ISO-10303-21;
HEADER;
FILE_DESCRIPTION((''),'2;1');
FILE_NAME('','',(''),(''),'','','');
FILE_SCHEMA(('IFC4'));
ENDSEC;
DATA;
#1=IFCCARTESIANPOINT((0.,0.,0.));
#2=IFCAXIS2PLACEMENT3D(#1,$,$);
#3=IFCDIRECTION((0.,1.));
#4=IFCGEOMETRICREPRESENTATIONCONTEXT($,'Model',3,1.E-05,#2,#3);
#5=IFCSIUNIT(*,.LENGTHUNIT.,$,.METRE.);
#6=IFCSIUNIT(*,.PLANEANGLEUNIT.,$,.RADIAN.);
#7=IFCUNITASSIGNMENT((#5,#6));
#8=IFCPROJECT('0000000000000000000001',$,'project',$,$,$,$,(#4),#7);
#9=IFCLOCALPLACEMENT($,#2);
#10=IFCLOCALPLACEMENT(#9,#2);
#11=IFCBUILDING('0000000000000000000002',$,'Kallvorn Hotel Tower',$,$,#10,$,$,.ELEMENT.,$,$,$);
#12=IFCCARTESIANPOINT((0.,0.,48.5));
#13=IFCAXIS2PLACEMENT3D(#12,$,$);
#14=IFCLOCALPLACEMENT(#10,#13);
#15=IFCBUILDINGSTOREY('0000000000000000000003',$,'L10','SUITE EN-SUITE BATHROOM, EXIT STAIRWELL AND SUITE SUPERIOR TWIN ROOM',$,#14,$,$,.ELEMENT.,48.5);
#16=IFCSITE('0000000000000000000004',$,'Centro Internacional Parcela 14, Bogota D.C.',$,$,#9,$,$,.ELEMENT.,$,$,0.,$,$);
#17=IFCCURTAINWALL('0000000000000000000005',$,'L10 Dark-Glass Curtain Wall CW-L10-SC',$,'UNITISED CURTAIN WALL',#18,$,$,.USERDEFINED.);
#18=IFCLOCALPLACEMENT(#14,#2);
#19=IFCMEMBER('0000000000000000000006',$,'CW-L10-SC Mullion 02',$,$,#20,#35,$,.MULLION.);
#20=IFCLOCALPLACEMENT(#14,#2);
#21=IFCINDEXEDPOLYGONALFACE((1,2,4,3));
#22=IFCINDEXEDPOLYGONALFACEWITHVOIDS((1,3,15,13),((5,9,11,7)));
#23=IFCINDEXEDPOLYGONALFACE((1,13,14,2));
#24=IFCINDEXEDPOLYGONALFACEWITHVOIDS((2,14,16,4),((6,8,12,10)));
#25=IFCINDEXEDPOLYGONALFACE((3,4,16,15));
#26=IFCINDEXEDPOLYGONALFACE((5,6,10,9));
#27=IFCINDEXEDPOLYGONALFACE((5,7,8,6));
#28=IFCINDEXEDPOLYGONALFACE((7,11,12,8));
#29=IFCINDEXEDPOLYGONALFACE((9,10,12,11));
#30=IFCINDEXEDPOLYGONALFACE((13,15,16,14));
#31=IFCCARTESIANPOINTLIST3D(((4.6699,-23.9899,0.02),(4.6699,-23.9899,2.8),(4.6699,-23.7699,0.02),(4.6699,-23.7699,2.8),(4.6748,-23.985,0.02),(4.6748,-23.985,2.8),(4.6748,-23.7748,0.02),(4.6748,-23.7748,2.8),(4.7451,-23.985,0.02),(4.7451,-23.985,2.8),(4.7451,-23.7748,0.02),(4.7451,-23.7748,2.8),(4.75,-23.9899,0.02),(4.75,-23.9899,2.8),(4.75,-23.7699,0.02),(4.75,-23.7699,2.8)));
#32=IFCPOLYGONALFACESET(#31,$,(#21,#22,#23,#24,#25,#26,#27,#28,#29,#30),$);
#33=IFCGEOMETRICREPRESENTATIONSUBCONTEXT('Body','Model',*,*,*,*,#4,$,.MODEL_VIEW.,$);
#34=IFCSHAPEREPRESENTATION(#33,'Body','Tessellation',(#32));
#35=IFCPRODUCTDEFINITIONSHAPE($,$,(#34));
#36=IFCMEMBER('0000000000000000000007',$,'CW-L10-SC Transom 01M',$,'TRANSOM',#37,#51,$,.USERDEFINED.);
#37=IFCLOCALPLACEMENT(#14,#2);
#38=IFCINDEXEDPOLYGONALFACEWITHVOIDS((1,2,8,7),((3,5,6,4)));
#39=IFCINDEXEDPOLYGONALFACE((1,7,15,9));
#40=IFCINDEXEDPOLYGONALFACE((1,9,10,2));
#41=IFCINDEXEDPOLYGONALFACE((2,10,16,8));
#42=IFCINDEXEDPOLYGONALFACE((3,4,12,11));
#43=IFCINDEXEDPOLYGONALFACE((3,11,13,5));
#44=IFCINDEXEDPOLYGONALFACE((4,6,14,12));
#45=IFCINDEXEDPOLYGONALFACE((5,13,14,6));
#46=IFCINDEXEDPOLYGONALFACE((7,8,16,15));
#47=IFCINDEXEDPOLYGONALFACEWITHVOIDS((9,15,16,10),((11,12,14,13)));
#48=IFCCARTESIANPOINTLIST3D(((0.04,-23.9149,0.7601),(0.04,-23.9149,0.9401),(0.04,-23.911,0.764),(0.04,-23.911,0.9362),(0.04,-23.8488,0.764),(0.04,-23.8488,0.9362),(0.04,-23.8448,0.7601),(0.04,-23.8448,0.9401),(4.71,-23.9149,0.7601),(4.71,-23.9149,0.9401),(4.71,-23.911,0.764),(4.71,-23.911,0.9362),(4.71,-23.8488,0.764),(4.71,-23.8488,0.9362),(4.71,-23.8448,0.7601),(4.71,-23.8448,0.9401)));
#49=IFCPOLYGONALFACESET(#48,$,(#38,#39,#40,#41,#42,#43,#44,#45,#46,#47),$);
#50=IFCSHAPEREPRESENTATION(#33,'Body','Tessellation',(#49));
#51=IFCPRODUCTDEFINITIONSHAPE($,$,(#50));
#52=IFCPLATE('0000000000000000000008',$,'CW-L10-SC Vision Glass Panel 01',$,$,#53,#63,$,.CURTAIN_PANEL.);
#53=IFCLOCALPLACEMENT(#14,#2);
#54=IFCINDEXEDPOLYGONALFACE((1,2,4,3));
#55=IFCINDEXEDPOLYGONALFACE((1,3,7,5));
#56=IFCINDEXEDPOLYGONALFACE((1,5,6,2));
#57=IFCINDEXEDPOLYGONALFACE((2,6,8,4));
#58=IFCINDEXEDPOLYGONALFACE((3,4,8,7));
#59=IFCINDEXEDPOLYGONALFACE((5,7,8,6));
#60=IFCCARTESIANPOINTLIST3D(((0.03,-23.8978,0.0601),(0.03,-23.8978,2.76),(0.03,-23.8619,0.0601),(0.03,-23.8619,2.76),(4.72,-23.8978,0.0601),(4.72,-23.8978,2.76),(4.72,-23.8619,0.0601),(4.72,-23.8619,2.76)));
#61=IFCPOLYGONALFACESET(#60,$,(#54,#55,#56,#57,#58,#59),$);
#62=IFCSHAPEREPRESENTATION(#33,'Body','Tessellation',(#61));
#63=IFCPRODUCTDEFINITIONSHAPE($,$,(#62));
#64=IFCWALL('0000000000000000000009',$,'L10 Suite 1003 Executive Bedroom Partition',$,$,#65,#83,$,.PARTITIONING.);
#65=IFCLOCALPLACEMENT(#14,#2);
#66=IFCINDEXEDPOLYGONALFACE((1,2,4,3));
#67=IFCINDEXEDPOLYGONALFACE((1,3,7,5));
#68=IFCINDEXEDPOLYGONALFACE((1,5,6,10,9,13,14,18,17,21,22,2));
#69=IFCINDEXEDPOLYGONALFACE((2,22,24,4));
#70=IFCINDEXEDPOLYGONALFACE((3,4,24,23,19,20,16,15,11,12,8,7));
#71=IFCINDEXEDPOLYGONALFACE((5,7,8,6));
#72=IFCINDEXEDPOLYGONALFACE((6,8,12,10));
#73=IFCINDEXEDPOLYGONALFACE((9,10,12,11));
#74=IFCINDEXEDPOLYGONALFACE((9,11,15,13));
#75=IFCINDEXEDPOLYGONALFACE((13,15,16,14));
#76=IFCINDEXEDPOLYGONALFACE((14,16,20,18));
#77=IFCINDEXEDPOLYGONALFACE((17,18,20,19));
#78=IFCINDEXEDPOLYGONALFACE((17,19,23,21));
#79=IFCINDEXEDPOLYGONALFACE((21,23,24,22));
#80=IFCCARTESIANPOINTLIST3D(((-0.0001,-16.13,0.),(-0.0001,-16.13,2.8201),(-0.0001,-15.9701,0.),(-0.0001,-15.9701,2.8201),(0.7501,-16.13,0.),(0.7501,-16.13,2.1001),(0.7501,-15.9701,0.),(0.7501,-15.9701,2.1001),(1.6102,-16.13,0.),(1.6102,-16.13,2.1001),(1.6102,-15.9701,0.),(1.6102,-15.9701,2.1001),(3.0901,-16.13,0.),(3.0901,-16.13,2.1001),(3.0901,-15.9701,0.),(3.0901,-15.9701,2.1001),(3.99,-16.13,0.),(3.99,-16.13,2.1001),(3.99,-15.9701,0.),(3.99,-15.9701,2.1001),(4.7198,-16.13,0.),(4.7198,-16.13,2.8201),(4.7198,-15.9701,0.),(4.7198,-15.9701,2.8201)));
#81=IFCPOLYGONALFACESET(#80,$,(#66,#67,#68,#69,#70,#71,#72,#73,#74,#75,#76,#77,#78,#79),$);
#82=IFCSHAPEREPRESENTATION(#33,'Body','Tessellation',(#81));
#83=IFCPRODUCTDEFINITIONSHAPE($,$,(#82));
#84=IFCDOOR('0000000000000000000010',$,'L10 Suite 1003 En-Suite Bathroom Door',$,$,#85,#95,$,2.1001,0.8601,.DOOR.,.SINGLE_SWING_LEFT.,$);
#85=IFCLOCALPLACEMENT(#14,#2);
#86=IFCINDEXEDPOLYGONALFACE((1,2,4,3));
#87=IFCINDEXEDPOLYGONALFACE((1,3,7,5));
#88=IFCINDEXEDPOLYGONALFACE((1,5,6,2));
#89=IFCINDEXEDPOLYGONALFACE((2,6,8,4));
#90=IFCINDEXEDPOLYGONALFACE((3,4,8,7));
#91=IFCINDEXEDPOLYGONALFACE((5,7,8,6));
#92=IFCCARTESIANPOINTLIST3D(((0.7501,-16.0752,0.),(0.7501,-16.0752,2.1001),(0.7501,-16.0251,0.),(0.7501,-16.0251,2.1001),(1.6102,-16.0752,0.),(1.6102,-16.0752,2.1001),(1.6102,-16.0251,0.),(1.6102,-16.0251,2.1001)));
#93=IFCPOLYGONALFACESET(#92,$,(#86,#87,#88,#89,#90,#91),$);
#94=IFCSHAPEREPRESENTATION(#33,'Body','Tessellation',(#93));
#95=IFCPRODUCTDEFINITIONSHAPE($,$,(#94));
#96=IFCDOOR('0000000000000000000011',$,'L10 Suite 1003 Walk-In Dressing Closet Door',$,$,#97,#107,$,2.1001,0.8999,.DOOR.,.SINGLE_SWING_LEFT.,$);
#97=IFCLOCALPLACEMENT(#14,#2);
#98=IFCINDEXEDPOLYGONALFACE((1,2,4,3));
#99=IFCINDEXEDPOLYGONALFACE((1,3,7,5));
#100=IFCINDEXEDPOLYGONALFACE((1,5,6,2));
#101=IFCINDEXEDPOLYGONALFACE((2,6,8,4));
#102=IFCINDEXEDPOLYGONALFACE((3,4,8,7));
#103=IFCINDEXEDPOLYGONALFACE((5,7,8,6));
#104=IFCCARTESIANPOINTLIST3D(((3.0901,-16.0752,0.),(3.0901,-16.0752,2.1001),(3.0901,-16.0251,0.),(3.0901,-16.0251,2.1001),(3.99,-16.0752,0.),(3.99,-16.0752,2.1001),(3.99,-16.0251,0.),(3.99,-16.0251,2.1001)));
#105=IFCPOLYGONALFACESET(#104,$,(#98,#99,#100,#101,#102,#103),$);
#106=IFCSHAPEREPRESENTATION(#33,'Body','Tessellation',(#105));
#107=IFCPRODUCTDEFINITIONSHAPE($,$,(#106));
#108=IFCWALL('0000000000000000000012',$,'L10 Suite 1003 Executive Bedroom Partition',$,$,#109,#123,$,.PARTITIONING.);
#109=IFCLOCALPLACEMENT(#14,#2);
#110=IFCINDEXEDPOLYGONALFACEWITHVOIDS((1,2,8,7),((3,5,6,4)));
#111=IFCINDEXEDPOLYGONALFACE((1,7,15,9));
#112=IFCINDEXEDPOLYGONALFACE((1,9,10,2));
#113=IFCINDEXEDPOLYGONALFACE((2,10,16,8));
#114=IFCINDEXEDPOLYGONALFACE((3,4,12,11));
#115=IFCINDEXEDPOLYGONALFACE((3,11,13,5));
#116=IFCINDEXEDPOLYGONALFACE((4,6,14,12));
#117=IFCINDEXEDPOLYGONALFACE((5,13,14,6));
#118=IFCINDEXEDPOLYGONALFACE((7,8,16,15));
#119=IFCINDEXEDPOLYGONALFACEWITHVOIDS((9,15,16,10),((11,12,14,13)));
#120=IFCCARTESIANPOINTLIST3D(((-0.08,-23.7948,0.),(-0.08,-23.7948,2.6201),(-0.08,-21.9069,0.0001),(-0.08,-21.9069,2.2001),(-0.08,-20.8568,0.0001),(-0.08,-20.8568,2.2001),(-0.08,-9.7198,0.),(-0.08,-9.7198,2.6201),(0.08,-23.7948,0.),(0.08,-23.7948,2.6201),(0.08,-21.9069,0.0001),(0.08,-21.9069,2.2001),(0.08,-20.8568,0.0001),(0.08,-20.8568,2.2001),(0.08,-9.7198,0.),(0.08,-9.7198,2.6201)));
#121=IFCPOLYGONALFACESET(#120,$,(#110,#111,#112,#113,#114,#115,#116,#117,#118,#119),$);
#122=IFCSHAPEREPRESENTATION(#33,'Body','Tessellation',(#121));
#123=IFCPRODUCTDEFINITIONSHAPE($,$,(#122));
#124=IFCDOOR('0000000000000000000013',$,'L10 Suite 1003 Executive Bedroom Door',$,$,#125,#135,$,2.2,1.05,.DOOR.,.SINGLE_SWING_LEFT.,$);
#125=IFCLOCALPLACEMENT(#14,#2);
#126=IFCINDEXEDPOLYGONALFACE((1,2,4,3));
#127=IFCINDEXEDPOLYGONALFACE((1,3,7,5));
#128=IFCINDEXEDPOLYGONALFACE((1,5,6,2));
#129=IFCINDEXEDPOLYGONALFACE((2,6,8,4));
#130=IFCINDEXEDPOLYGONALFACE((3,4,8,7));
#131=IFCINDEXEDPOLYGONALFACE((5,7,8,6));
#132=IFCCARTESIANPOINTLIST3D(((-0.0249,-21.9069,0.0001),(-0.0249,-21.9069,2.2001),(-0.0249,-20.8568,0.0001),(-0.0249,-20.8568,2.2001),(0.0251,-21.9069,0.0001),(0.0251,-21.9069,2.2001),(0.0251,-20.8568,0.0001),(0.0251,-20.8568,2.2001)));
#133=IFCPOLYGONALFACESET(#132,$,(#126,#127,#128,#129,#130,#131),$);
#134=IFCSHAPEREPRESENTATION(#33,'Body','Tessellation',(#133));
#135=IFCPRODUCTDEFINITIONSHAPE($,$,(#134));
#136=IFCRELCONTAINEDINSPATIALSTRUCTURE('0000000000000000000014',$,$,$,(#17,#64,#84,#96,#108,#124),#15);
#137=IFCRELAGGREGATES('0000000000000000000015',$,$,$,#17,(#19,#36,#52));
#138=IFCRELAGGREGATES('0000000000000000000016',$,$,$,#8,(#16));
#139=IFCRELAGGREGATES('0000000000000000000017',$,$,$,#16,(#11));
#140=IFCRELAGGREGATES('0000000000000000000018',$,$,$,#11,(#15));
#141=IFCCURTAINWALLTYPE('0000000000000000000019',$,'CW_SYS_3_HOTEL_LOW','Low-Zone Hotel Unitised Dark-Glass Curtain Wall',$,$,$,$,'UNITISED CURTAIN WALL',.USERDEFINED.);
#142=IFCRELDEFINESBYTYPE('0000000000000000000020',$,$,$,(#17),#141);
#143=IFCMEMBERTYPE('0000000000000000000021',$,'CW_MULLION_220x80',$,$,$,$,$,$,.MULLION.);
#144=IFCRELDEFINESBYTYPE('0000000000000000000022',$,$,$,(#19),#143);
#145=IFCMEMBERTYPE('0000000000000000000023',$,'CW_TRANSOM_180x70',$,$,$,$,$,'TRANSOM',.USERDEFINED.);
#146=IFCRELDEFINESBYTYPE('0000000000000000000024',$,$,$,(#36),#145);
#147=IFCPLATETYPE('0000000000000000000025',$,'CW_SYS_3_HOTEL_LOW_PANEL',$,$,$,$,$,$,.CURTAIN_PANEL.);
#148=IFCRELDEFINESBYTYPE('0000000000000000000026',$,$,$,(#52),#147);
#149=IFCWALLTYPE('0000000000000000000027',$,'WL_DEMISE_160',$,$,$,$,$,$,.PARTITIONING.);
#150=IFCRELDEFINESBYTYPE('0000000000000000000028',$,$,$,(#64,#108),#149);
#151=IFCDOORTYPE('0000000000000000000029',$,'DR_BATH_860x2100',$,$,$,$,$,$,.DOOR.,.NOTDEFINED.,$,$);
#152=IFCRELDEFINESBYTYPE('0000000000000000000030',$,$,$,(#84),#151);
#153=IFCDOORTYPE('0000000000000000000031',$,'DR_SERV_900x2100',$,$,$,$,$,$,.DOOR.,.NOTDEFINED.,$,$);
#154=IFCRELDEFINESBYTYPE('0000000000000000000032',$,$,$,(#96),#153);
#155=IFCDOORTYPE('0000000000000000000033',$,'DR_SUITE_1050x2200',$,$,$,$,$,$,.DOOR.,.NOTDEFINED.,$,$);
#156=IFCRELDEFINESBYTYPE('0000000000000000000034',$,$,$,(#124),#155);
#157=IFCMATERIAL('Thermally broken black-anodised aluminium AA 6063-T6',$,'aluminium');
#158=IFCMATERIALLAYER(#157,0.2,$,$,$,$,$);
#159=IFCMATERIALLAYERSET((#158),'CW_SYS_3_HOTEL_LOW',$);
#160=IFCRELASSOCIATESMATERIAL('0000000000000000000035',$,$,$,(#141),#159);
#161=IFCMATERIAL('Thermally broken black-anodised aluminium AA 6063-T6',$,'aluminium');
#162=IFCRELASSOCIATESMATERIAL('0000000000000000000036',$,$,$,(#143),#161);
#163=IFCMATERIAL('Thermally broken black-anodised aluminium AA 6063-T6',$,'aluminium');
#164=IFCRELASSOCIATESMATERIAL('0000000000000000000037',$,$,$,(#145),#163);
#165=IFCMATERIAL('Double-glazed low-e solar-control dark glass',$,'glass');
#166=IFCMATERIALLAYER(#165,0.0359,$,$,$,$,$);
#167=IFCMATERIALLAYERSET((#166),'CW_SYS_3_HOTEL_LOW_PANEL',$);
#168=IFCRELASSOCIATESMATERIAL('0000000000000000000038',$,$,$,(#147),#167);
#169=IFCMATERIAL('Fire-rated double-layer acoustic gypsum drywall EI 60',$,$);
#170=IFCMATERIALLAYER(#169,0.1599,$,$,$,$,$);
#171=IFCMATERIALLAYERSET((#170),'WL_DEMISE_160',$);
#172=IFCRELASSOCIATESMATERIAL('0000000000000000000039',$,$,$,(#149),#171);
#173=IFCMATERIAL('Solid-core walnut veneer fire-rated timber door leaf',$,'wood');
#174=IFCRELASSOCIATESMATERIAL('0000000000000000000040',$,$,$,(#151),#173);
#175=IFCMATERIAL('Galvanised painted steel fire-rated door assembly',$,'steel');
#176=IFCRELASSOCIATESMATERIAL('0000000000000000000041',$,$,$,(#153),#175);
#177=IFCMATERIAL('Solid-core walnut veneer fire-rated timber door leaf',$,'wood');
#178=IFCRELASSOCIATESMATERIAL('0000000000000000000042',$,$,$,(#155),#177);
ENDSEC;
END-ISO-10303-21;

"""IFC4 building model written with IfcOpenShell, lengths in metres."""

from ifc_helpers import new_model, si_unit, direction, frame, frame_2d, origin, origin_2d, place, context, subcontext, project, spatial, rectangle, hollow_rectangle, extrude, material, layer, layer_set, material_profile, profile_set, type_object, element, fill, aggregate, save


model = new_model("IFC4")

# Units and contexts
model_context = context("Model", 3, precision=1e-05, world=origin(), true_north=direction((0.0, 1.0)))
body_context = subcontext(model_context, "Body", "Model", "MODEL_VIEW")
ifc_project = project(units=[si_unit("LENGTHUNIT", "METRE"), si_unit("PLANEANGLEUNIT", "RADIAN")], contexts=[model_context])

# Site, building, storey
site_placement = place(None, origin())
site = spatial("IfcSite", under=ifc_project, at=site_placement, Name="Centro Internacional Parcela 14, Bogota D.C.", CompositionType="ELEMENT", RefElevation=0.0)
building_placement = place(site_placement, origin())
building = spatial("IfcBuilding", under=site, at=building_placement, Name="Kallvorn Hotel Tower", CompositionType="ELEMENT")
storey_placement = place(building_placement, frame((0.0, 0.0, 48.5)))
storey = spatial("IfcBuildingStorey", under=building, at=storey_placement, Name="L10", Description="SUITE EN-SUITE BATHROOM, EXIT STAIRWELL AND SUITE SUPERIOR TWIN ROOM", CompositionType="ELEMENT", Elevation=48.5)

# Curtain wall, members, plate
ifc_material_1 = material(Name="Thermally broken black-anodised aluminium AA 6063-T6", Category="aluminium")
ifc_layer_1 = layer(ifc_material_1, 0.2)
ifc_layer_set_1 = layer_set([ifc_layer_1], Name="CW_SYS_3_HOTEL_LOW")
curtain_wall_type = type_object("IfcCurtainWallType", Name="CW_SYS_3_HOTEL_LOW", Description="Low-Zone Hotel Unitised Dark-Glass Curtain Wall", ElementType="UNITISED CURTAIN WALL", PredefinedType="USERDEFINED", material=ifc_layer_set_1)
curtain_wall_placement = place(storey_placement, origin())
curtain_wall = element("IfcCurtainWall", 1, at=curtain_wall_placement, inside=storey, type_object=curtain_wall_type, Name="L10 Dark-Glass Curtain Wall CW-L10-SC", ObjectType="UNITISED CURTAIN WALL", PredefinedType="USERDEFINED")
ifc_material_2 = material(Name="Thermally broken black-anodised aluminium AA 6063-T6", Category="aluminium")
ifc_material_profile_1 = material_profile(ifc_material_2, hollow_rectangle(XDim=0.0801, YDim=0.22, WallThickness=0.0049, at=origin_2d()), Name="MUL 220x80")
ifc_profile_set_1 = profile_set([ifc_material_profile_1], Name="Thermally broken black-anodised aluminium AA 6063-T6")
member_type_1 = type_object("IfcMemberType", Name="CW_MULLION_220x80", PredefinedType="MULLION", material=ifc_profile_set_1)
member_1_placement = place(storey_placement, frame((4.71, -23.8799, 0.02), z_axis=(0.0, 0.0, 1.0), x_axis=(1.0, 0.0, 0.0)))
member_1 = element("IfcMember", 2, at=member_1_placement, type_object=member_type_1, Name="CW-L10-SC Mullion 02", PredefinedType="MULLION", context=body_context, shape_type="SweptSolid", body=[
    extrude(hollow_rectangle(XDim=0.0801, YDim=0.22, WallThickness=0.0049, at=origin_2d()), origin(), (0.0, 0.0, 1.0), 2.78),
])
ifc_material_3 = material(Name="Thermally broken black-anodised aluminium AA 6063-T6", Category="aluminium")
ifc_material_profile_2 = material_profile(ifc_material_3, hollow_rectangle(XDim=0.0701, YDim=0.1799, WallThickness=0.0039, at=origin_2d()), Name="TRN 180x70")
ifc_profile_set_2 = profile_set([ifc_material_profile_2], Name="Thermally broken black-anodised aluminium AA 6063-T6")
member_type_2 = type_object("IfcMemberType", Name="CW_TRANSOM_180x70", ElementType="TRANSOM", PredefinedType="USERDEFINED", material=ifc_profile_set_2)
member_2_placement = place(storey_placement, frame((0.04, -23.8799, 0.8501), z_axis=(1.0, 0.0, 0.0), x_axis=(0.0, 1.0, 0.0)))
member_2 = element("IfcMember", 3, at=member_2_placement, type_object=member_type_2, Name="CW-L10-SC Transom 01M", ObjectType="TRANSOM", PredefinedType="USERDEFINED", context=body_context, shape_type="SweptSolid", body=[
    extrude(hollow_rectangle(XDim=0.0701, YDim=0.1799, WallThickness=0.0039, at=origin_2d()), origin(), (0.0, 0.0, 1.0), 4.6699),
])
ifc_material_4 = material(Name="Double-glazed low-e solar-control dark glass", Category="glass")
ifc_layer_2 = layer(ifc_material_4, 0.0359)
ifc_layer_set_2 = layer_set([ifc_layer_2], Name="CW_SYS_3_HOTEL_LOW_PANEL")
plate_type = type_object("IfcPlateType", Name="CW_SYS_3_HOTEL_LOW_PANEL", PredefinedType="CURTAIN_PANEL", material=ifc_layer_set_2)
plate_placement = place(storey_placement, frame((2.375, -23.8799, 0.0601), z_axis=(0.0, 0.0, 1.0), x_axis=(1.0, 0.0, 0.0)))
plate = element("IfcPlate", 4, at=plate_placement, type_object=plate_type, Name="CW-L10-SC Vision Glass Panel 01", PredefinedType="CURTAIN_PANEL", context=body_context, shape_type="SweptSolid", body=[
    extrude(rectangle(XDim=4.6899, YDim=0.0359, at=origin_2d()), origin(), (0.0, 0.0, 1.0), 2.7),
])
aggregate(curtain_wall, [member_1, member_2, plate])

# Wall, openings, doors
ifc_material_5 = material(Name="Fire-rated double-layer acoustic gypsum drywall EI 60")
ifc_layer_3 = layer(ifc_material_5, 0.1599)
ifc_layer_set_3 = layer_set([ifc_layer_3], Name="WL_DEMISE_160")
wall_type_1 = type_object("IfcWallType", Name="WL_DEMISE_160", PredefinedType="PARTITIONING", material=ifc_layer_set_3)
wall_1_placement = place(storey_placement, frame((0.0, -16.05, 0.0), z_axis=(0.0, 0.0, 1.0), x_axis=(1.0, 0.0, 0.0)))
wall_1 = element("IfcWall", 5, at=wall_1_placement, inside=storey, type_object=wall_type_1, Name="L10 Suite 1003 Executive Bedroom Partition", PredefinedType="PARTITIONING", context=body_context, shape_type="SweptSolid", body=[
    extrude(rectangle(XDim=4.72, YDim=0.1599, at=frame_2d((2.3599, 0.0))), origin(), (0.0, 0.0, 1.0), 2.8201),
])
opening_1_placement = place(wall_1_placement, frame((0.75, 0.0, 0.0)))
opening_1 = element("IfcOpeningElement", 6, at=opening_1_placement, cuts=wall_1, PredefinedType="OPENING", context=body_context, shape_type="SweptSolid", body=[
    extrude(rectangle(XDim=0.8601, YDim=2.1001, at=frame_2d((0.4302, 1.05))), frame((0.0, 0.095, 0.0), z_axis=(0.0, -1.0, 0.0), x_axis=(1.0, 0.0, 0.0)), (0.0, 0.0, 1.0), 0.1899),
])
opening_2_placement = place(wall_1_placement, frame((3.0901, 0.0, 0.0)))
opening_2 = element("IfcOpeningElement", 7, at=opening_2_placement, cuts=wall_1, PredefinedType="OPENING", context=body_context, shape_type="SweptSolid", body=[
    extrude(rectangle(XDim=0.8999, YDim=2.1001, at=frame_2d((0.45, 1.05))), frame((0.0, 0.095, 0.0), z_axis=(0.0, -1.0, 0.0), x_axis=(1.0, 0.0, 0.0)), (0.0, 0.0, 1.0), 0.1899),
])
ifc_material_6 = material(Name="Solid-core walnut veneer fire-rated timber door leaf", Category="wood")
door_type_1 = type_object("IfcDoorType", Name="DR_BATH_860x2100", OperationType="NOTDEFINED", PredefinedType="DOOR", material=ifc_material_6)
door_1_placement = place(opening_1_placement, origin())
door_1 = element("IfcDoor", 8, at=door_1_placement, inside=storey, type_object=door_type_1, Name="L10 Suite 1003 En-Suite Bathroom Door", OperationType="SINGLE_SWING_LEFT", OverallHeight=2.1001, OverallWidth=0.8601, PredefinedType="DOOR", context=body_context, shape_type="SweptSolid", body=[
    extrude(rectangle(XDim=0.8601, YDim=2.1001, at=frame_2d((0.4302, 1.05))), frame((0.0, 0.0249, 0.0), z_axis=(0.0, -1.0, 0.0), x_axis=(1.0, 0.0, 0.0)), (0.0, 0.0, 1.0), 0.05),
])
fill(opening_1, door_1)
ifc_material_7 = material(Name="Galvanised painted steel fire-rated door assembly", Category="steel")
door_type_2 = type_object("IfcDoorType", Name="DR_SERV_900x2100", OperationType="NOTDEFINED", PredefinedType="DOOR", material=ifc_material_7)
door_2_placement = place(opening_2_placement, origin())
door_2 = element("IfcDoor", 9, at=door_2_placement, inside=storey, type_object=door_type_2, Name="L10 Suite 1003 Walk-In Dressing Closet Door", OperationType="SINGLE_SWING_LEFT", OverallHeight=2.1001, OverallWidth=0.8999, PredefinedType="DOOR", context=body_context, shape_type="SweptSolid", body=[
    extrude(rectangle(XDim=0.8999, YDim=2.1001, at=frame_2d((0.45, 1.05))), frame((0.0, 0.0249, 0.0), z_axis=(0.0, -1.0, 0.0), x_axis=(1.0, 0.0, 0.0)), (0.0, 0.0, 1.0), 0.05),
])
fill(opening_2, door_2)

# Wall, opening, door
wall_2_placement = place(storey_placement, frame((0.0, -23.7949, 0.0), z_axis=(0.0, 0.0, 1.0), x_axis=(0.0, 1.0, 0.0)))
wall_2 = element("IfcWall", 10, at=wall_2_placement, inside=storey, type_object=wall_type_1, Name="L10 Suite 1003 Executive Bedroom Partition", PredefinedType="PARTITIONING", context=body_context, shape_type="SweptSolid", body=[
    extrude(rectangle(XDim=14.075, YDim=0.1599, at=frame_2d((7.0376, 0.0))), origin(), (0.0, 0.0, 1.0), 2.6201),
])
opening_3_placement = place(wall_2_placement, frame((1.8882, 0.0, 0.0)))
opening_3 = element("IfcOpeningElement", 11, at=opening_3_placement, cuts=wall_2, PredefinedType="OPENING", context=body_context, shape_type="SweptSolid", body=[
    extrude(rectangle(XDim=1.05, YDim=2.2, at=frame_2d((0.5249, 1.1001))), frame((0.0, 0.095, 0.0), z_axis=(0.0, -1.0, 0.0), x_axis=(1.0, 0.0, 0.0)), (0.0, 0.0, 1.0), 0.1899),
])
ifc_material_8 = material(Name="Solid-core walnut veneer fire-rated timber door leaf", Category="wood")
door_type_3 = type_object("IfcDoorType", Name="DR_SUITE_1050x2200", OperationType="NOTDEFINED", PredefinedType="DOOR", material=ifc_material_8)
door_3_placement = place(opening_3_placement, origin())
door_3 = element("IfcDoor", 12, at=door_3_placement, inside=storey, type_object=door_type_3, Name="L10 Suite 1003 Executive Bedroom Door", OperationType="SINGLE_SWING_LEFT", OverallHeight=2.2, OverallWidth=1.05, PredefinedType="DOOR", context=body_context, shape_type="SweptSolid", body=[
    extrude(rectangle(XDim=1.05, YDim=2.2, at=frame_2d((0.5249, 1.1001))), frame((0.0, 0.0249, 0.0), z_axis=(0.0, -1.0, 0.0), x_axis=(1.0, 0.0, 0.0)), (0.0, 0.0, 1.0), 0.05),
])
fill(opening_3, door_3)

save(model, "model.ifc")
